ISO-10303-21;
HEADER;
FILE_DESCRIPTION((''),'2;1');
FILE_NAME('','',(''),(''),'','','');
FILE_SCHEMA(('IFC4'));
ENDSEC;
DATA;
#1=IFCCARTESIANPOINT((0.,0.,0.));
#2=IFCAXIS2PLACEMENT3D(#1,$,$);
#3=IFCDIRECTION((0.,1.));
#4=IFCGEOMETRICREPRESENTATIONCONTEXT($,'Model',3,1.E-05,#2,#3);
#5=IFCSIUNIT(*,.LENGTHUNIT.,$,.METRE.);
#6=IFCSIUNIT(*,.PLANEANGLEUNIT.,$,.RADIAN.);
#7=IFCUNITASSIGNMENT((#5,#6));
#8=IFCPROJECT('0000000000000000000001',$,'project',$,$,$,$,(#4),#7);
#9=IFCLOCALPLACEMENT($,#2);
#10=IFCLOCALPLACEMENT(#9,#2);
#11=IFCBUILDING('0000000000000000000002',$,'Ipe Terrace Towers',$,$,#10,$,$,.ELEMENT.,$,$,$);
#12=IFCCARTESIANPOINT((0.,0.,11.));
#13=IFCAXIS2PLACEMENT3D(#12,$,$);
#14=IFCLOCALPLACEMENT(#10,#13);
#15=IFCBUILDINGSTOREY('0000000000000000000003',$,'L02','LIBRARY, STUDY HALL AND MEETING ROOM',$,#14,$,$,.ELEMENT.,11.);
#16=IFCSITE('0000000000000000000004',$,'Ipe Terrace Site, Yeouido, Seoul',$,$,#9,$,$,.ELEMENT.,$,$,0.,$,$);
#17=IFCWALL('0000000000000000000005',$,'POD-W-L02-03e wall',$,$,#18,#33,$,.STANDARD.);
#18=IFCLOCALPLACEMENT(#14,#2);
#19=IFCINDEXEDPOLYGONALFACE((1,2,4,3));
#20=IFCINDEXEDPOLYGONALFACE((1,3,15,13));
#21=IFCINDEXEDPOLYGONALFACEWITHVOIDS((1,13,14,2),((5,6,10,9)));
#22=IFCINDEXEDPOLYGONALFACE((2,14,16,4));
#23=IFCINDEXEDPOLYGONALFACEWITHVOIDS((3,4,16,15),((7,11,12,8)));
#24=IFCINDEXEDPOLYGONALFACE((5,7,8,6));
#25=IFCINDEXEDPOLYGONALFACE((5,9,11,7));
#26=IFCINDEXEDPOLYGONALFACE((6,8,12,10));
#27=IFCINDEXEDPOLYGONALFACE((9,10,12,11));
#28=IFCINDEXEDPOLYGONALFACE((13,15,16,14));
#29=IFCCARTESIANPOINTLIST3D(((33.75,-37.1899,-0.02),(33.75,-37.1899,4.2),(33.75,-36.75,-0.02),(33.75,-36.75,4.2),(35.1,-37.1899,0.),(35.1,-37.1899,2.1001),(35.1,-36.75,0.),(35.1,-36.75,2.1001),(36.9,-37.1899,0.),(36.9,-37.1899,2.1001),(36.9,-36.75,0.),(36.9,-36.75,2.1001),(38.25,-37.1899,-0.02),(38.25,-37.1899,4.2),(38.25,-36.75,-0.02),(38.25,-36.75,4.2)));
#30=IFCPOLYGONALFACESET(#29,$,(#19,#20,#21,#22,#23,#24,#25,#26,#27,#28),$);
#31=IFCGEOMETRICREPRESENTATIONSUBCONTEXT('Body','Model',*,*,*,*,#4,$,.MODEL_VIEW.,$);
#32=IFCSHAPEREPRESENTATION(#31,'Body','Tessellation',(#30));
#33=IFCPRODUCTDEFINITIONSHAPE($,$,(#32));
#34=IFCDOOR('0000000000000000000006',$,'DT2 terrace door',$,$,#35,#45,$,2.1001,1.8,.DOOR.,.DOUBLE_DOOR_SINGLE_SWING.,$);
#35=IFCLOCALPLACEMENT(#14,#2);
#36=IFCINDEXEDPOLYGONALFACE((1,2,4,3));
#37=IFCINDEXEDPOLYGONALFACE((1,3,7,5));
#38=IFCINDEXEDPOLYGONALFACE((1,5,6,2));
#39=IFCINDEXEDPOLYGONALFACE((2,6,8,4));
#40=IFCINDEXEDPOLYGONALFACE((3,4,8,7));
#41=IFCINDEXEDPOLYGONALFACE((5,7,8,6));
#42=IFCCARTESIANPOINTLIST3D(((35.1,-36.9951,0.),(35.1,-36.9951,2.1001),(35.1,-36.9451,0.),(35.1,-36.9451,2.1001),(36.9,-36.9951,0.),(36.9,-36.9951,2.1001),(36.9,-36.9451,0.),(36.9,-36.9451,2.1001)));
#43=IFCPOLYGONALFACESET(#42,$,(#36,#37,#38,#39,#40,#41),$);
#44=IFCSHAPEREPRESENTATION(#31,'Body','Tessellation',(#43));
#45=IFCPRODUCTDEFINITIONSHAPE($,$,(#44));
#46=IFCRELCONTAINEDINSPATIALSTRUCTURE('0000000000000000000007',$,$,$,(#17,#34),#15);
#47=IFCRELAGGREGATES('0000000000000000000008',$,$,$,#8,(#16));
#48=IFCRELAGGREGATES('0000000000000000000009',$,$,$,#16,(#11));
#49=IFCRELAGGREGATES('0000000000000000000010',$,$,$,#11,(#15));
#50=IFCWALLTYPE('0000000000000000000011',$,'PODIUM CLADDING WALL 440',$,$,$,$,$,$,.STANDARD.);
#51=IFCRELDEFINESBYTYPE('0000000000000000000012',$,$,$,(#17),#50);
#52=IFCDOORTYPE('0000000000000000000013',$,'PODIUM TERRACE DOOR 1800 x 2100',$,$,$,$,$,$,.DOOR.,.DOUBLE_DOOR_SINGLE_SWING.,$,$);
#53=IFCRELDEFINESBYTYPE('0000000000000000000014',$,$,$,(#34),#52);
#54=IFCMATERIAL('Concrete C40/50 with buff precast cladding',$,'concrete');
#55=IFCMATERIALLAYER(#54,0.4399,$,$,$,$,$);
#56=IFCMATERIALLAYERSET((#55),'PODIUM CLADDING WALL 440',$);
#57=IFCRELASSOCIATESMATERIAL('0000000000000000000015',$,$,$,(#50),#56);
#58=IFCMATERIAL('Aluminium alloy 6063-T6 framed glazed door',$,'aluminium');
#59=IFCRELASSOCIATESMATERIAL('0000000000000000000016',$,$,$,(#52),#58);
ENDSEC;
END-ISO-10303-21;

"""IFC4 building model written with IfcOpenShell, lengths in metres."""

from ifc_helpers import new_model, si_unit, direction, frame, frame_2d, origin, place, context, subcontext, project, spatial, rectangle, extrude, material, layer, layer_set, type_object, element, fill, save


model = new_model("IFC4")

# Units and contexts
model_context = context("Model", 3, precision=1e-05, world=origin(), true_north=direction((0.0, 1.0)))
body_context = subcontext(model_context, "Body", "Model", "MODEL_VIEW")
ifc_project = project(units=[si_unit("LENGTHUNIT", "METRE"), si_unit("PLANEANGLEUNIT", "RADIAN")], contexts=[model_context])

# Site, building, storey
site_placement = place(None, origin())
site = spatial("IfcSite", under=ifc_project, at=site_placement, Name="Ipe Terrace Site, Yeouido, Seoul", CompositionType="ELEMENT", RefElevation=0.0)
building_placement = place(site_placement, origin())
building = spatial("IfcBuilding", under=site, at=building_placement, Name="Ipe Terrace Towers", CompositionType="ELEMENT")
storey_placement = place(building_placement, frame((0.0, 0.0, 11.0)))
storey = spatial("IfcBuildingStorey", under=building, at=storey_placement, Name="L02", Description="LIBRARY, STUDY HALL AND MEETING ROOM", CompositionType="ELEMENT", Elevation=11.0)

# Wall, opening, door
ifc_material_1 = material(Name="Concrete C40/50 with buff precast cladding", Category="concrete")
ifc_layer_1 = layer(ifc_material_1, 0.4399)
ifc_layer_set_1 = layer_set([ifc_layer_1], Name="PODIUM CLADDING WALL 440")
wall_type_1 = type_object("IfcWallType", Name="PODIUM CLADDING WALL 440", PredefinedType="STANDARD", material=ifc_layer_set_1)
wall_1_placement = place(storey_placement, frame((33.75, -36.97, -0.02), z_axis=(0.0, 0.0, 1.0), x_axis=(1.0, 0.0, 0.0)))
wall_1 = element("IfcWall", 1, at=wall_1_placement, inside=storey, type_object=wall_type_1, Name="POD-W-L02-03e wall", PredefinedType="STANDARD", context=body_context, shape_type="SweptSolid", body=[
    extrude(rectangle(XDim=4.5, YDim=0.4399, at=frame_2d((2.25, 0.0))), origin(), (0.0, 0.0, 1.0), 4.22),
])
opening_1_placement = place(wall_1_placement, frame((1.3501, 0.0, 0.02)))
opening_1 = element("IfcOpeningElement", 2, at=opening_1_placement, cuts=wall_1, PredefinedType="OPENING", context=body_context, shape_type="SweptSolid", body=[
    extrude(rectangle(XDim=1.8, YDim=2.1001, at=frame_2d((0.8999, 1.05))), frame((0.0, 0.23, 0.0), z_axis=(0.0, -1.0, 0.0), x_axis=(1.0, 0.0, 0.0)), (0.0, 0.0, 1.0), 0.46),
])
ifc_material_2 = material(Name="Aluminium alloy 6063-T6 framed glazed door", Category="aluminium")
door_type_1 = type_object("IfcDoorType", Name="PODIUM TERRACE DOOR 1800 x 2100", OperationType="DOUBLE_DOOR_SINGLE_SWING", PredefinedType="DOOR", material=ifc_material_2)
door_1_placement = place(opening_1_placement, origin())
door_1 = element("IfcDoor", 3, at=door_1_placement, inside=storey, type_object=door_type_1, Name="DT2 terrace door", OperationType="DOUBLE_DOOR_SINGLE_SWING", OverallHeight=2.1001, OverallWidth=1.8, PredefinedType="DOOR", context=body_context, shape_type="SweptSolid", body=[
    extrude(rectangle(XDim=1.8, YDim=2.1001, at=frame_2d((0.8999, 1.05))), frame((0.0, 0.0249, 0.0), z_axis=(0.0, -1.0, 0.0), x_axis=(1.0, 0.0, 0.0)), (0.0, 0.0, 1.0), 0.05),
])
fill(opening_1, door_1)

save(model, "model.ifc")
